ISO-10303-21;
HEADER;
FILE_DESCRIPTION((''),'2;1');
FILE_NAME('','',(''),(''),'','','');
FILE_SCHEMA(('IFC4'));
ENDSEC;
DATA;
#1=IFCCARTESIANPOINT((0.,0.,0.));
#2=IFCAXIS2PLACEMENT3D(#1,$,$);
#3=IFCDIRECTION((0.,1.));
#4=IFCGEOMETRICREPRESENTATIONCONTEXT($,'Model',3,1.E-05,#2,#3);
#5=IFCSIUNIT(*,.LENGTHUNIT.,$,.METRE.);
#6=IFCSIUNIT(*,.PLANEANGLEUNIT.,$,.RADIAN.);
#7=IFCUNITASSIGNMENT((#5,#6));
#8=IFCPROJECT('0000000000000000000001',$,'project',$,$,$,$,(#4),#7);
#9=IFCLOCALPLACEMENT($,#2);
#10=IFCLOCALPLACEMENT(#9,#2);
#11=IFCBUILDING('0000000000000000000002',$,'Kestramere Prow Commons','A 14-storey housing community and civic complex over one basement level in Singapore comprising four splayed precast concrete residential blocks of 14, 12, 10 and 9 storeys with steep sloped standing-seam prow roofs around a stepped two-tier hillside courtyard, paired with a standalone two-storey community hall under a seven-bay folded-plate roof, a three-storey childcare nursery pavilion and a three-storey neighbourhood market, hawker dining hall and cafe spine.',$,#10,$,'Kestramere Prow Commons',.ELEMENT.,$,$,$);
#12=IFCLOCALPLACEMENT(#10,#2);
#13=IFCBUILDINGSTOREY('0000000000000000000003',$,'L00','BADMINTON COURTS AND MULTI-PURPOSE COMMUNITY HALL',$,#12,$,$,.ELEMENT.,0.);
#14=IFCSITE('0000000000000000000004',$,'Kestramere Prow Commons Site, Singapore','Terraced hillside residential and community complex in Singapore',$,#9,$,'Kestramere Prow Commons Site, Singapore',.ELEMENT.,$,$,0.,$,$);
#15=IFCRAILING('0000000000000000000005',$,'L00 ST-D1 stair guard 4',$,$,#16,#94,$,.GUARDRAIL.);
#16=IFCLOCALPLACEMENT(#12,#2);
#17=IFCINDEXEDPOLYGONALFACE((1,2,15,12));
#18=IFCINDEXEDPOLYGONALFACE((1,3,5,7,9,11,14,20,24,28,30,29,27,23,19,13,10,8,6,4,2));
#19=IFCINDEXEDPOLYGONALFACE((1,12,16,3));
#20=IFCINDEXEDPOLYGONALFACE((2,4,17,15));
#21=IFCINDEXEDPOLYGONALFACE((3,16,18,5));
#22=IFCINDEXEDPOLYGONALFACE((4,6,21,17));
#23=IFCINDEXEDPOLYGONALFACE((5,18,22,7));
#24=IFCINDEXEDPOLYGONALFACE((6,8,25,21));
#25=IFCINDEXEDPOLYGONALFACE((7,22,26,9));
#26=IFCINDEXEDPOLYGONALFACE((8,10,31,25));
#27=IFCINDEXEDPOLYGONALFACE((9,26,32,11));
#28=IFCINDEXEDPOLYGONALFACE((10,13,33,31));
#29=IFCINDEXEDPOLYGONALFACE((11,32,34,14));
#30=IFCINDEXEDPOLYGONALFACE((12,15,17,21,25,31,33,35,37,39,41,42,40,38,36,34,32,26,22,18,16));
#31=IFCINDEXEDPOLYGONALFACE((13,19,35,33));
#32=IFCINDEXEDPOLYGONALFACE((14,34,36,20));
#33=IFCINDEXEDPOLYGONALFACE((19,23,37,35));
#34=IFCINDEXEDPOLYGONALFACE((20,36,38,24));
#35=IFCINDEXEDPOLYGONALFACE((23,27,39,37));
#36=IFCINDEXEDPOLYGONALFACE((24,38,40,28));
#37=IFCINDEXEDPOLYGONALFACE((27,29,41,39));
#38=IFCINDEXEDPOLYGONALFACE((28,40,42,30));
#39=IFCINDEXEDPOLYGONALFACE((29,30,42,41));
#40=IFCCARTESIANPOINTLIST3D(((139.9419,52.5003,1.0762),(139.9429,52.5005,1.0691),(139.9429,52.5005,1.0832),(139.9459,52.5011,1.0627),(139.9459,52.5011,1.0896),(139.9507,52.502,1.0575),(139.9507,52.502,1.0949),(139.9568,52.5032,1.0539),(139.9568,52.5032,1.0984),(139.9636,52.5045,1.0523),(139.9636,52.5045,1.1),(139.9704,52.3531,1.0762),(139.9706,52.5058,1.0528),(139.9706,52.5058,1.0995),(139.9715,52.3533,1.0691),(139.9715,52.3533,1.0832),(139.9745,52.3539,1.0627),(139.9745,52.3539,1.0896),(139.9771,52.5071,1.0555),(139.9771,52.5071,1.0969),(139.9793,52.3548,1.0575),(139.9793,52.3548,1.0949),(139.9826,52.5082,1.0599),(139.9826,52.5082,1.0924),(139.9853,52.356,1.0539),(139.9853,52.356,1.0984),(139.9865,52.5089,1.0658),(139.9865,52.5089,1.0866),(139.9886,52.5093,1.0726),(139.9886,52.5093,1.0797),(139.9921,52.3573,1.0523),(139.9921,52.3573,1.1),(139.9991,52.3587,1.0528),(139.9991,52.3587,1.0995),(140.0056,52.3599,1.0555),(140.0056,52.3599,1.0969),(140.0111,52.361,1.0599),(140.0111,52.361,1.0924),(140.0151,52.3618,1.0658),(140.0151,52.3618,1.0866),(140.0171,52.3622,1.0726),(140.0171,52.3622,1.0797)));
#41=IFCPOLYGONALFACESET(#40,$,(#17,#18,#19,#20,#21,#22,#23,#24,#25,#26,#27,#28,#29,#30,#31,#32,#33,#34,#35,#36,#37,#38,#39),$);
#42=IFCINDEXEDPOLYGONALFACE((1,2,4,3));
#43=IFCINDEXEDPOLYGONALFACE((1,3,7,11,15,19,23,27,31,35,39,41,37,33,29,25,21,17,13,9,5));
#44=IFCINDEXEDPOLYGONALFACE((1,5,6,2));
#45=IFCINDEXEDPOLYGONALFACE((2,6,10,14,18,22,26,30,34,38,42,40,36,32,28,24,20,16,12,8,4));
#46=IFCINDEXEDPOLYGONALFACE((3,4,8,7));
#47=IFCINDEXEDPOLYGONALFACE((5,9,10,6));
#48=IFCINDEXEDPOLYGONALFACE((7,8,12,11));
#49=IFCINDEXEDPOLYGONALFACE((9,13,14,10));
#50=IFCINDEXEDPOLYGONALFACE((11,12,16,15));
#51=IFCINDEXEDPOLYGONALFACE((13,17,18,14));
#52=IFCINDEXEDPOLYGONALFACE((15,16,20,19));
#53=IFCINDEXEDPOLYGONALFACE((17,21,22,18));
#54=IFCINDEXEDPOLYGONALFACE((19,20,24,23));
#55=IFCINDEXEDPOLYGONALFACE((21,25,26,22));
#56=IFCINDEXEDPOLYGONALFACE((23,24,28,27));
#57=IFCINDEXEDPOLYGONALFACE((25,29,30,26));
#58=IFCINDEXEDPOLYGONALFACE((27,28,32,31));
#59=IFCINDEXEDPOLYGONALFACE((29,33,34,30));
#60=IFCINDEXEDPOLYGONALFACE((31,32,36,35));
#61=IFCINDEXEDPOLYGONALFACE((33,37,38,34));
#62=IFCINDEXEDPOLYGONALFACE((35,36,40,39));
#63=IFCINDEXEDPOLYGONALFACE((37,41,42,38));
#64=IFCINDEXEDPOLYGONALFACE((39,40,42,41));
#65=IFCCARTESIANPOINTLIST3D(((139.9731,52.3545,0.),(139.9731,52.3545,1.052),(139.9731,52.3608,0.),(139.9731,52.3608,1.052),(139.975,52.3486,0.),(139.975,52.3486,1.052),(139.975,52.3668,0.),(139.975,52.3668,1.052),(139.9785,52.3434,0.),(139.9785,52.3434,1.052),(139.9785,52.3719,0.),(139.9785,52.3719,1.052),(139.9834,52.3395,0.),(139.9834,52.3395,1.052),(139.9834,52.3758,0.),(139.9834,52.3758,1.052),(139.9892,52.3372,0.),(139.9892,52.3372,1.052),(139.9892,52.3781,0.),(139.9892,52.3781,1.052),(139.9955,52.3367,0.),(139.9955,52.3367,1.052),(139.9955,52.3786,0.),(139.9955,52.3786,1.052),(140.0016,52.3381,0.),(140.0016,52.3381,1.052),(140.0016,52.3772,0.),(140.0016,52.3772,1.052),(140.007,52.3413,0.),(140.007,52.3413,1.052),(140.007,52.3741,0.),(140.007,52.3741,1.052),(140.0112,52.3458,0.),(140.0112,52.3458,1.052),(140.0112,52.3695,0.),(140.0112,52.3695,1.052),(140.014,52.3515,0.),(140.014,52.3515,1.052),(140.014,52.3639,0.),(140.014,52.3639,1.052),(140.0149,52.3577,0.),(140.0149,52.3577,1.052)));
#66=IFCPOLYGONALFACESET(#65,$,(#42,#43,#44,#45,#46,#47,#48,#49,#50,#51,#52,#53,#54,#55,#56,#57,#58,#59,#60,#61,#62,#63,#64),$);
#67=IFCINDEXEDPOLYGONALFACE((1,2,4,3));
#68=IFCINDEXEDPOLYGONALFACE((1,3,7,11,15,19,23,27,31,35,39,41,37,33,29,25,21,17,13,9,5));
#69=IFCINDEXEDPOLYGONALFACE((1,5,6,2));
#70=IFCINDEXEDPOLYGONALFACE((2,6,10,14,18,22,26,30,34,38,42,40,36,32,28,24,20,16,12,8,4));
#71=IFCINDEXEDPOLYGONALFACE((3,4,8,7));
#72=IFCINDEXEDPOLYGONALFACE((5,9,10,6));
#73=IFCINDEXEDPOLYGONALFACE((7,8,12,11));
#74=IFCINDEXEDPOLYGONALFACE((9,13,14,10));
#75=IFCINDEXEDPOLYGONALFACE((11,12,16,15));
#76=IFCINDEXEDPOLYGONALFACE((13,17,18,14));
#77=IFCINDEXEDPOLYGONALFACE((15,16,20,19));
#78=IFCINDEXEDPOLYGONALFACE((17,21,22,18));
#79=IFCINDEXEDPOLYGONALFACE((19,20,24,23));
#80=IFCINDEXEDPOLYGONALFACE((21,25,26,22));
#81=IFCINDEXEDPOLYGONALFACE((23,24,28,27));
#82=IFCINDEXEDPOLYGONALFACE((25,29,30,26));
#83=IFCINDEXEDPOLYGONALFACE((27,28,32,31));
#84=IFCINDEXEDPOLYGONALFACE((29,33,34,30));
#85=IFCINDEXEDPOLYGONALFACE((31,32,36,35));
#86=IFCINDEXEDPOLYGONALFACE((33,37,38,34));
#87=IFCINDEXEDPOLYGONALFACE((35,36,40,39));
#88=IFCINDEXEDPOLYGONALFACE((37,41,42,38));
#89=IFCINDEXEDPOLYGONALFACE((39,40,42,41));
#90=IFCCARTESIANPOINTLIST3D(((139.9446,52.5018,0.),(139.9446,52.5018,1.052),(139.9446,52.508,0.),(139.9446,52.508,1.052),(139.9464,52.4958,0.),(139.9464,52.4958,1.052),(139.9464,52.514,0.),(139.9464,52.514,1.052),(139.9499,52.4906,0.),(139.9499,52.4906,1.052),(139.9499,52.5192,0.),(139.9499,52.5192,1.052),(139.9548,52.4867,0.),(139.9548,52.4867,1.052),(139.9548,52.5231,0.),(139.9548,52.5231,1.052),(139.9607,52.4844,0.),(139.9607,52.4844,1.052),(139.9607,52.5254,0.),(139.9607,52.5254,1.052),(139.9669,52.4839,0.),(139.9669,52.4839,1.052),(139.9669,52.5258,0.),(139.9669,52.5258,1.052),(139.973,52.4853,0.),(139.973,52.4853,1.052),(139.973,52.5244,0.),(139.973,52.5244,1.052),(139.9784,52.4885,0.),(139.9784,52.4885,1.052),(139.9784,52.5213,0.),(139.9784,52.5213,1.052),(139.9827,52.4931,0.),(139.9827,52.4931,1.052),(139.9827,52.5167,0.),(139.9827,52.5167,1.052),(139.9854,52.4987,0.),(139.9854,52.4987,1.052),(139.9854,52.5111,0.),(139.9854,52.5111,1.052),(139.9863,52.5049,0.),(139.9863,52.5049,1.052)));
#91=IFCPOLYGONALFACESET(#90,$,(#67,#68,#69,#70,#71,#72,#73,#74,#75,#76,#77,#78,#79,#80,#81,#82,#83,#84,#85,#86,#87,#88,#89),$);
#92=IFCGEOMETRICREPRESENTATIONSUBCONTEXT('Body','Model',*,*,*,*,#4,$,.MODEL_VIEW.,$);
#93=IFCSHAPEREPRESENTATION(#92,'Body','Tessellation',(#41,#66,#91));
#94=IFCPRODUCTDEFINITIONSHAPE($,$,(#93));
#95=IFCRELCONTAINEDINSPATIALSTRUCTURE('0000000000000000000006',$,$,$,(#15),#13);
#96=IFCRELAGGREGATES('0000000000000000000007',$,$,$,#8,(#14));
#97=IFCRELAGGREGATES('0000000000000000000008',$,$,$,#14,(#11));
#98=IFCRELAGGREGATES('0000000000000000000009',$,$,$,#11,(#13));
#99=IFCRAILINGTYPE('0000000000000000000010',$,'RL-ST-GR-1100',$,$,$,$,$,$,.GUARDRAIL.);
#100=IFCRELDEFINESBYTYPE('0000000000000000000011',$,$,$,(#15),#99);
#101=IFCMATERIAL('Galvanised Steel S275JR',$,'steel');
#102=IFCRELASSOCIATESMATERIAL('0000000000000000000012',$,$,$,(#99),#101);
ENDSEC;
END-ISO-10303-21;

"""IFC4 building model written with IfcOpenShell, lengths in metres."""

from ifc_helpers import new_model, si_unit, direction, frame, origin, origin_2d, place, context, subcontext, project, spatial, circle, extrude, material, type_object, element, save


model = new_model("IFC4")

# Units and contexts
model_context = context("Model", 3, precision=1e-05, world=origin(), true_north=direction((0.0, 1.0)))
body_context = subcontext(model_context, "Body", "Model", "MODEL_VIEW")
ifc_project = project(units=[si_unit("LENGTHUNIT", "METRE"), si_unit("PLANEANGLEUNIT", "RADIAN")], contexts=[model_context])

# Site, building, storey
site_placement = place(None, origin())
site = spatial("IfcSite", under=ifc_project, at=site_placement, Name="Kestramere Prow Commons Site, Singapore", Description="Terraced hillside residential and community complex in Singapore", LongName="Kestramere Prow Commons Site, Singapore", CompositionType="ELEMENT", RefElevation=0.0)
building_placement = place(site_placement, origin())
building = spatial("IfcBuilding", under=site, at=building_placement, Name="Kestramere Prow Commons", Description="A 14-storey housing community and civic complex over one basement level in Singapore comprising four splayed precast concrete residential blocks of 14, 12, 10 and 9 storeys with steep sloped standing-seam prow roofs around a stepped two-tier hillside courtyard, paired with a standalone two-storey community hall under a seven-bay folded-plate roof, a three-storey childcare nursery pavilion and a three-storey neighbourhood market, hawker dining hall and cafe spine.", LongName="Kestramere Prow Commons", CompositionType="ELEMENT")
storey_placement = place(building_placement, origin())
storey = spatial("IfcBuildingStorey", under=building, at=storey_placement, Name="L00", Description="BADMINTON COURTS AND MULTI-PURPOSE COMMUNITY HALL", CompositionType="ELEMENT", Elevation=0.0)

# Railing
ifc_material_1 = material(Name="Galvanised Steel S275JR", Category="steel")
railing_type_1 = type_object("IfcRailingType", Name="RL-ST-GR-1100", PredefinedType="GUARDRAIL", material=ifc_material_1)
railing_1_placement = place(storey_placement, frame((139.9939, 52.3577, 0.0)))
element("IfcRailing", 1, at=railing_1_placement, inside=storey, type_object=railing_type_1, Name="L00 ST-D1 stair guard 4", PredefinedType="GUARDRAIL", context=body_context, shape_type="SweptSolid", body=[
    extrude(circle(Radius=0.0239, at=origin_2d()), frame((0.0, 0.0, 1.0762), z_axis=(-0.190477, 0.981692, 0.0), x_axis=(-0.981692, -0.190477, 0.0)), (0.0, 0.0, 1.0), 0.1499),
    extrude(circle(Radius=0.021, at=origin_2d()), origin(), (0.0, 0.0, 1.0), 1.052),
    extrude(circle(Radius=0.021, at=origin_2d()), frame((-0.0286, 0.1472, 0.0)), (0.0, 0.0, 1.0), 1.052),
])

save(model, "model.ifc")
